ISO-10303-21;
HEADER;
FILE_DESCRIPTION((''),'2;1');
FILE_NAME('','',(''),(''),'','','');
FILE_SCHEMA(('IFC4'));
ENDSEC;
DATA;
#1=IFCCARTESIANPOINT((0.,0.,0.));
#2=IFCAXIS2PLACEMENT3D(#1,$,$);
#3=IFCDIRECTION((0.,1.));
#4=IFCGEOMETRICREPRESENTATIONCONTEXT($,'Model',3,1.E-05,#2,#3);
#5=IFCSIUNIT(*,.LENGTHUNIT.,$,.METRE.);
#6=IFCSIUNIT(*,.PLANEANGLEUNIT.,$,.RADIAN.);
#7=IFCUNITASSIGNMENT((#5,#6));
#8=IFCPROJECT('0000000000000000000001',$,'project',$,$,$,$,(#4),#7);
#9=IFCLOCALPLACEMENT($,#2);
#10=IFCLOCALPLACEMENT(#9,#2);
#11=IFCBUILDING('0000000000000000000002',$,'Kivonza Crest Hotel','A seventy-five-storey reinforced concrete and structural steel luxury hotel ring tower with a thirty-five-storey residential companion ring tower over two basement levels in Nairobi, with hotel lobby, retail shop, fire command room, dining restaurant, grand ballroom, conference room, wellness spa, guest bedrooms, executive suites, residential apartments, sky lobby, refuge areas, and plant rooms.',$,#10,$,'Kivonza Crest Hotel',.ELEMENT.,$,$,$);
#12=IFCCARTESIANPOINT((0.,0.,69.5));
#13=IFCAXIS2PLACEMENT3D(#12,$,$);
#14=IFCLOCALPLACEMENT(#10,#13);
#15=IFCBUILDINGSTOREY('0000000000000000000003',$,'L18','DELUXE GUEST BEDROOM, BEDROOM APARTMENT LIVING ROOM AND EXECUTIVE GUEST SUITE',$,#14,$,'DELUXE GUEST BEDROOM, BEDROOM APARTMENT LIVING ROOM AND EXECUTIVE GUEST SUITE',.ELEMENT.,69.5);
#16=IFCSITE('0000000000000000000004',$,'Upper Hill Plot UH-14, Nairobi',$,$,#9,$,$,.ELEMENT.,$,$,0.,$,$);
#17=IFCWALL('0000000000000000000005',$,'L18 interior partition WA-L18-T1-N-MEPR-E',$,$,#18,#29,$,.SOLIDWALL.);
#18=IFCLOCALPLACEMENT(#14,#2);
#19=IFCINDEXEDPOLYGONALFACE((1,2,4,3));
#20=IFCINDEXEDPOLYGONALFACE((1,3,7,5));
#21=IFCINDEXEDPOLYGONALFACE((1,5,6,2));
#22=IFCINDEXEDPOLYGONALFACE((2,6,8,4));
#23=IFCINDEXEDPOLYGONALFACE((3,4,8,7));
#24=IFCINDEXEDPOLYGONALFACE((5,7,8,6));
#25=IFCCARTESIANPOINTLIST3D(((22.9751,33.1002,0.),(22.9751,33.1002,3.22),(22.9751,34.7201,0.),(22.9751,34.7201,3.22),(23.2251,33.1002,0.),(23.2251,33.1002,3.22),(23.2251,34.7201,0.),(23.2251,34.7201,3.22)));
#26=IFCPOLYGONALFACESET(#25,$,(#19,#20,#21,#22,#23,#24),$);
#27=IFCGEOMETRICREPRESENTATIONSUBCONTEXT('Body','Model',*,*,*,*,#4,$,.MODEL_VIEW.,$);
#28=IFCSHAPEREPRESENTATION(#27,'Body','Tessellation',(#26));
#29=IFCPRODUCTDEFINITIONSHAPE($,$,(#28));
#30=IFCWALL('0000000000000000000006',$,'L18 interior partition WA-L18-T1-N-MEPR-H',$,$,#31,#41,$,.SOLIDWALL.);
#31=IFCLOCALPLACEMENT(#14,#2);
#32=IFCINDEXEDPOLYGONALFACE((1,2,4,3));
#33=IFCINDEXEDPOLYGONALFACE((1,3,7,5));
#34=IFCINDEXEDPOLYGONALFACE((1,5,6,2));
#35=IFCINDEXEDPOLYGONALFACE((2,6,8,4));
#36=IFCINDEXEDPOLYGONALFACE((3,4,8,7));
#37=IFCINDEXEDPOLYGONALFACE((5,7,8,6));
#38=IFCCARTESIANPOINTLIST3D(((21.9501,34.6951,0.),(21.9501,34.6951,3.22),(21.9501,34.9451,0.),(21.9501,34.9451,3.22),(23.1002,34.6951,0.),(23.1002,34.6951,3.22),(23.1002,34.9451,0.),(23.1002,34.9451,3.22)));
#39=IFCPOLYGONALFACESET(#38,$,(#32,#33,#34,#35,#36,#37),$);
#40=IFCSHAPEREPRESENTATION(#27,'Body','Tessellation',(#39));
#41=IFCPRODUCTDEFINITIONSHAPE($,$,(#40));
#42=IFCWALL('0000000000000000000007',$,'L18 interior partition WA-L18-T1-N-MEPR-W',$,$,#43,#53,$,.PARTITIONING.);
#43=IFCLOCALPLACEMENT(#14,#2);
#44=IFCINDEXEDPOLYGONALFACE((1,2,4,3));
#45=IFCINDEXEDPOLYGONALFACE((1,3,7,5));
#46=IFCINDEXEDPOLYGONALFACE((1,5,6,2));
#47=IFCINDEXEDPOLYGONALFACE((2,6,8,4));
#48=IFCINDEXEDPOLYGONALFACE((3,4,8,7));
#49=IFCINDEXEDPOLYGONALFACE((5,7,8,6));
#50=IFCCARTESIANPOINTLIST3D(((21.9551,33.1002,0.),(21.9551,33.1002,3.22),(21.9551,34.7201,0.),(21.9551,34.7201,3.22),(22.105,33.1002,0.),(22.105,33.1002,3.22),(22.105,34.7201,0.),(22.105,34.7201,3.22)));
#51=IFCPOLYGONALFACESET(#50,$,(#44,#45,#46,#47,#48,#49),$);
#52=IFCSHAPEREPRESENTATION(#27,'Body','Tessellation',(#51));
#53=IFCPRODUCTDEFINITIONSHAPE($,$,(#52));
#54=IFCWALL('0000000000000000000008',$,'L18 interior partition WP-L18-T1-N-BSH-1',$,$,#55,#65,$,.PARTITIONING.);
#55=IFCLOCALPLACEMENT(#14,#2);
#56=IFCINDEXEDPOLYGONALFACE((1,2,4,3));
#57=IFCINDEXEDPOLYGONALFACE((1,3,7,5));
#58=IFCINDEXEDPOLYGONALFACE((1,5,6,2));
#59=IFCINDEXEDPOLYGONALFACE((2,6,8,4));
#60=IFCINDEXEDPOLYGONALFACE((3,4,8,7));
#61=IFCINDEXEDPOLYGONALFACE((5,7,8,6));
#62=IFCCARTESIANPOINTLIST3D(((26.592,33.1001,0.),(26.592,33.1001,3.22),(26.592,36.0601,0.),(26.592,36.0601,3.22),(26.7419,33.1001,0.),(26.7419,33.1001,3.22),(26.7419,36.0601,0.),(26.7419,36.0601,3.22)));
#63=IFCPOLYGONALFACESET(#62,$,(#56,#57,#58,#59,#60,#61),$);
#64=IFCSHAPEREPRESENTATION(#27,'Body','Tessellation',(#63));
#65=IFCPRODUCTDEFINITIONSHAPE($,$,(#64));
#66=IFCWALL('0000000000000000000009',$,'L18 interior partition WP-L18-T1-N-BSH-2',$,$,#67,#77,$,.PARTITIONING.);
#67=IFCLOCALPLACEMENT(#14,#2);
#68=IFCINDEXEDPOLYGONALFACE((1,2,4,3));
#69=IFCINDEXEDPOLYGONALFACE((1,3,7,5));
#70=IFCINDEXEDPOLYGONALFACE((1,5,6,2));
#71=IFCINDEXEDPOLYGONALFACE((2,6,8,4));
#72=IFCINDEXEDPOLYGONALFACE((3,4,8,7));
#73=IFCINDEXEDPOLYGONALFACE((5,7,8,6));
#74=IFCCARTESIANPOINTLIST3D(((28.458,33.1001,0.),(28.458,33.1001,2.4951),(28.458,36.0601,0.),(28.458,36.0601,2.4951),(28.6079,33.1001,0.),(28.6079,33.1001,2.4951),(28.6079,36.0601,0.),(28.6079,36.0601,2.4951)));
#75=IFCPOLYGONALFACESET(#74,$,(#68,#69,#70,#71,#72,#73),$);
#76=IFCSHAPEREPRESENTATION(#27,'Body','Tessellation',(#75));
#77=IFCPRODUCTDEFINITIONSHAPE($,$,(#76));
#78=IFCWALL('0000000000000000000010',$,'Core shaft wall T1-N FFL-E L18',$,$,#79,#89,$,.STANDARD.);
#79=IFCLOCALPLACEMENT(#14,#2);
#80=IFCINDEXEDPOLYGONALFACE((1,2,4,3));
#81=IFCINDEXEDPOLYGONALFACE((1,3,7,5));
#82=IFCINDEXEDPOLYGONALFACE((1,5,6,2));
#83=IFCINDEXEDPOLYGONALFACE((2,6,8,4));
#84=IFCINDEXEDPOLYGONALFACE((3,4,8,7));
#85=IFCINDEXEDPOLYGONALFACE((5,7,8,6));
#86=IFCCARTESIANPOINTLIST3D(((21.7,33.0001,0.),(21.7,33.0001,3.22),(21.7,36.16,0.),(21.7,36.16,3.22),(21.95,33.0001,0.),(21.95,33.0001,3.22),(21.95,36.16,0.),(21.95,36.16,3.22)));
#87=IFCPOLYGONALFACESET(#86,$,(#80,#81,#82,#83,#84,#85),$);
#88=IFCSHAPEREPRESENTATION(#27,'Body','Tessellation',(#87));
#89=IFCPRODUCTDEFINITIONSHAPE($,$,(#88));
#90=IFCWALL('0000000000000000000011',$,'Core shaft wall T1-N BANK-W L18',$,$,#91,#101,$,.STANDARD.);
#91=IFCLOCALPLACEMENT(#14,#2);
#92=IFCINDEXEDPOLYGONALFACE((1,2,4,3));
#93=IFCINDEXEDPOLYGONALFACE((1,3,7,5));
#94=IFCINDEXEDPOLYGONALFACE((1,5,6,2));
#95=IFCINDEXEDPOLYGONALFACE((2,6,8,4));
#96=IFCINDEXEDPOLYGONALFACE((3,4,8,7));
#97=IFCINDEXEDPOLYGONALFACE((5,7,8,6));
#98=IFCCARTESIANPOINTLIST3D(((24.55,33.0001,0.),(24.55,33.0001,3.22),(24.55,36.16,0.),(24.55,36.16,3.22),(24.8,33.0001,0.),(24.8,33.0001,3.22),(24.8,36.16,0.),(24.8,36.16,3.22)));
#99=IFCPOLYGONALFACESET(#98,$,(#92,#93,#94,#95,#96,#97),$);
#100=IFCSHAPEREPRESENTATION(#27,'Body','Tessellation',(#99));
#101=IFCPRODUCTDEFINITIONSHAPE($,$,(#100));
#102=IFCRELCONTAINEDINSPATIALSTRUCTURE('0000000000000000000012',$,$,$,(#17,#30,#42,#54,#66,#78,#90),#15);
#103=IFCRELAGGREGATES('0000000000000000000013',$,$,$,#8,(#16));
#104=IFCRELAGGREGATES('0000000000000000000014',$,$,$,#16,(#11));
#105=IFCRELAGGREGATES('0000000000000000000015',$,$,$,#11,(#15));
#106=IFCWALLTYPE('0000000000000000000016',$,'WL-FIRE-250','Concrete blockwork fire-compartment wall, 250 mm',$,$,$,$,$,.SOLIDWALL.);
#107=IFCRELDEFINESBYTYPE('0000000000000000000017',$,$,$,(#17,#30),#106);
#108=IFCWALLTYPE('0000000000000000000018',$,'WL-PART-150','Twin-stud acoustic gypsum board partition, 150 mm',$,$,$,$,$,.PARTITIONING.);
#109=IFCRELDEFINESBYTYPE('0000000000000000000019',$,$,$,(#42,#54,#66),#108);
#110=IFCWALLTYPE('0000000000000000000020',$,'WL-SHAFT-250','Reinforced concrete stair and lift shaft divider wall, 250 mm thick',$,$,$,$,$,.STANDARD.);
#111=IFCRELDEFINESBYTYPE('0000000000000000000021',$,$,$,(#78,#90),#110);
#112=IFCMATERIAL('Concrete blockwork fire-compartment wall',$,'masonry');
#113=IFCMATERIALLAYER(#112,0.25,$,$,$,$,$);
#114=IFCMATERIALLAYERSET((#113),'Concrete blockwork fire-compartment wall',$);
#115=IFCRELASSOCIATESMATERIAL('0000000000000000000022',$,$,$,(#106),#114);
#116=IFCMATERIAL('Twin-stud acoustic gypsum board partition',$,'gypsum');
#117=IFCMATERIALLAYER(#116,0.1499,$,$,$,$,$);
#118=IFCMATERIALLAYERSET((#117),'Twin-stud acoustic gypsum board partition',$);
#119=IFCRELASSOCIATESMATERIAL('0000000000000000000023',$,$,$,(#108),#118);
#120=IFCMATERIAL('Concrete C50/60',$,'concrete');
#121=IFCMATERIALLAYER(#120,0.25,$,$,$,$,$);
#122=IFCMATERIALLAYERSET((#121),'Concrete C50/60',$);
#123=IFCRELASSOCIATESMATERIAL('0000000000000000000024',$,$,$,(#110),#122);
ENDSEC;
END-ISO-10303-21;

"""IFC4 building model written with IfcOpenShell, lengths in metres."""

from ifc_helpers import new_model, si_unit, direction, frame, frame_2d, origin, place, context, subcontext, project, spatial, rectangle, extrude, material, layer, layer_set, type_object, element, save


model = new_model("IFC4")

# Units and contexts
model_context = context("Model", 3, precision=1e-05, world=origin(), true_north=direction((0.0, 1.0)))
body_context = subcontext(model_context, "Body", "Model", "MODEL_VIEW")
ifc_project = project(units=[si_unit("LENGTHUNIT", "METRE"), si_unit("PLANEANGLEUNIT", "RADIAN")], contexts=[model_context])

# Site, building, storey
site_placement = place(None, origin())
site = spatial("IfcSite", under=ifc_project, at=site_placement, Name="Upper Hill Plot UH-14, Nairobi", CompositionType="ELEMENT", RefElevation=0.0)
building_placement = place(site_placement, origin())
building = spatial("IfcBuilding", under=site, at=building_placement, Name="Kivonza Crest Hotel", Description="A seventy-five-storey reinforced concrete and structural steel luxury hotel ring tower with a thirty-five-storey residential companion ring tower over two basement levels in Nairobi, with hotel lobby, retail shop, fire command room, dining restaurant, grand ballroom, conference room, wellness spa, guest bedrooms, executive suites, residential apartments, sky lobby, refuge areas, and plant rooms.", LongName="Kivonza Crest Hotel", CompositionType="ELEMENT")
storey_placement = place(building_placement, frame((0.0, 0.0, 69.5)))
storey = spatial("IfcBuildingStorey", under=building, at=storey_placement, Name="L18", Description="DELUXE GUEST BEDROOM, BEDROOM APARTMENT LIVING ROOM AND EXECUTIVE GUEST SUITE", LongName="DELUXE GUEST BEDROOM, BEDROOM APARTMENT LIVING ROOM AND EXECUTIVE GUEST SUITE", CompositionType="ELEMENT", Elevation=69.5)

# Walls
ifc_material_1 = material(Name="Concrete blockwork fire-compartment wall", Category="masonry")
ifc_layer_1 = layer(ifc_material_1, 0.25)
ifc_layer_set_1 = layer_set([ifc_layer_1], Name="Concrete blockwork fire-compartment wall")
wall_type_1 = type_object("IfcWallType", Name="WL-FIRE-250", Description="Concrete blockwork fire-compartment wall, 250 mm", PredefinedType="SOLIDWALL", material=ifc_layer_set_1)
wall_1_placement = place(storey_placement, frame((23.1001, 33.1001, 0.0), z_axis=(0.0, 0.0, 1.0), x_axis=(0.0, 1.0, 0.0)))
element("IfcWall", 1, at=wall_1_placement, inside=storey, type_object=wall_type_1, Name="L18 interior partition WA-L18-T1-N-MEPR-E", PredefinedType="SOLIDWALL", context=body_context, shape_type="SweptSolid", body=[
    extrude(rectangle(XDim=1.6199, YDim=0.25, at=frame_2d((0.8101, 0.0))), origin(), (0.0, 0.0, 1.0), 3.22),
])
wall_2_placement = place(storey_placement, frame((21.95, 34.8201, 0.0), z_axis=(0.0, 0.0, 1.0), x_axis=(1.0, 0.0, 0.0)))
element("IfcWall", 2, at=wall_2_placement, inside=storey, type_object=wall_type_1, Name="L18 interior partition WA-L18-T1-N-MEPR-H", PredefinedType="SOLIDWALL", context=body_context, shape_type="SweptSolid", body=[
    extrude(rectangle(XDim=1.1501, YDim=0.25, at=frame_2d((0.5752, 0.0))), origin(), (0.0, 0.0, 1.0), 3.22),
])
ifc_material_2 = material(Name="Twin-stud acoustic gypsum board partition", Category="gypsum")
ifc_layer_2 = layer(ifc_material_2, 0.1499)
ifc_layer_set_2 = layer_set([ifc_layer_2], Name="Twin-stud acoustic gypsum board partition")
wall_type_2 = type_object("IfcWallType", Name="WL-PART-150", Description="Twin-stud acoustic gypsum board partition, 150 mm", PredefinedType="PARTITIONING", material=ifc_layer_set_2)
wall_3_placement = place(storey_placement, frame((22.03, 33.1001, 0.0), z_axis=(0.0, 0.0, 1.0), x_axis=(0.0, 1.0, 0.0)))
element("IfcWall", 3, at=wall_3_placement, inside=storey, type_object=wall_type_2, Name="L18 interior partition WA-L18-T1-N-MEPR-W", PredefinedType="PARTITIONING", context=body_context, shape_type="SweptSolid", body=[
    extrude(rectangle(XDim=1.6199, YDim=0.1499, at=frame_2d((0.8101, 0.0))), origin(), (0.0, 0.0, 1.0), 3.22),
])
wall_4_placement = place(storey_placement, frame((26.667, 33.1001, 0.0), z_axis=(0.0, 0.0, 1.0), x_axis=(0.0, 1.0, 0.0)))
element("IfcWall", 4, at=wall_4_placement, inside=storey, type_object=wall_type_2, Name="L18 interior partition WP-L18-T1-N-BSH-1", PredefinedType="PARTITIONING", context=body_context, shape_type="SweptSolid", body=[
    extrude(rectangle(XDim=2.96, YDim=0.1499, at=frame_2d((1.48, 0.0))), origin(), (0.0, 0.0, 1.0), 3.22),
])
wall_5_placement = place(storey_placement, frame((28.533, 33.1001, 0.0), z_axis=(0.0, 0.0, 1.0), x_axis=(0.0, 1.0, 0.0)))
element("IfcWall", 5, at=wall_5_placement, inside=storey, type_object=wall_type_2, Name="L18 interior partition WP-L18-T1-N-BSH-2", PredefinedType="PARTITIONING", context=body_context, shape_type="SweptSolid", body=[
    extrude(rectangle(XDim=2.96, YDim=0.1499, at=frame_2d((1.48, 0.0))), origin(), (0.0, 0.0, 1.0), 2.4951),
])

# Shared definitions
ifc_material_3 = material(Name="Concrete C50/60", Category="concrete")
ifc_layer_3 = layer(ifc_material_3, 0.25)
ifc_layer_set_3 = layer_set([ifc_layer_3], Name="Concrete C50/60")
wall_type_3 = type_object("IfcWallType", Name="WL-SHAFT-250", Description="Reinforced concrete stair and lift shaft divider wall, 250 mm thick", PredefinedType="STANDARD", material=ifc_layer_set_3)

# Walls
for number, where, z_axis, x_axis, name in (
    (6, (21.825, 33.0, 0.0), (0.0, 0.0, 1.0), (0.0, 1.0, 0.0), "Core shaft wall T1-N FFL-E L18"),
    (7, (24.675, 33.0, 0.0), (0.0, 0.0, 1.0), (0.0, 1.0, 0.0), "Core shaft wall T1-N BANK-W L18"),
):
    element("IfcWall", number, at=place(storey_placement, frame(where, z_axis=z_axis, x_axis=x_axis)), inside=storey, type_object=wall_type_3, Name=name, PredefinedType="STANDARD", context=body_context, shape_type="SweptSolid", body=[
        extrude(rectangle(XDim=3.1599, YDim=0.25, at=frame_2d((1.5801, 0.0))), origin(), (0.0, 0.0, 1.0), 3.22),
    ])

save(model, "model.ifc")
